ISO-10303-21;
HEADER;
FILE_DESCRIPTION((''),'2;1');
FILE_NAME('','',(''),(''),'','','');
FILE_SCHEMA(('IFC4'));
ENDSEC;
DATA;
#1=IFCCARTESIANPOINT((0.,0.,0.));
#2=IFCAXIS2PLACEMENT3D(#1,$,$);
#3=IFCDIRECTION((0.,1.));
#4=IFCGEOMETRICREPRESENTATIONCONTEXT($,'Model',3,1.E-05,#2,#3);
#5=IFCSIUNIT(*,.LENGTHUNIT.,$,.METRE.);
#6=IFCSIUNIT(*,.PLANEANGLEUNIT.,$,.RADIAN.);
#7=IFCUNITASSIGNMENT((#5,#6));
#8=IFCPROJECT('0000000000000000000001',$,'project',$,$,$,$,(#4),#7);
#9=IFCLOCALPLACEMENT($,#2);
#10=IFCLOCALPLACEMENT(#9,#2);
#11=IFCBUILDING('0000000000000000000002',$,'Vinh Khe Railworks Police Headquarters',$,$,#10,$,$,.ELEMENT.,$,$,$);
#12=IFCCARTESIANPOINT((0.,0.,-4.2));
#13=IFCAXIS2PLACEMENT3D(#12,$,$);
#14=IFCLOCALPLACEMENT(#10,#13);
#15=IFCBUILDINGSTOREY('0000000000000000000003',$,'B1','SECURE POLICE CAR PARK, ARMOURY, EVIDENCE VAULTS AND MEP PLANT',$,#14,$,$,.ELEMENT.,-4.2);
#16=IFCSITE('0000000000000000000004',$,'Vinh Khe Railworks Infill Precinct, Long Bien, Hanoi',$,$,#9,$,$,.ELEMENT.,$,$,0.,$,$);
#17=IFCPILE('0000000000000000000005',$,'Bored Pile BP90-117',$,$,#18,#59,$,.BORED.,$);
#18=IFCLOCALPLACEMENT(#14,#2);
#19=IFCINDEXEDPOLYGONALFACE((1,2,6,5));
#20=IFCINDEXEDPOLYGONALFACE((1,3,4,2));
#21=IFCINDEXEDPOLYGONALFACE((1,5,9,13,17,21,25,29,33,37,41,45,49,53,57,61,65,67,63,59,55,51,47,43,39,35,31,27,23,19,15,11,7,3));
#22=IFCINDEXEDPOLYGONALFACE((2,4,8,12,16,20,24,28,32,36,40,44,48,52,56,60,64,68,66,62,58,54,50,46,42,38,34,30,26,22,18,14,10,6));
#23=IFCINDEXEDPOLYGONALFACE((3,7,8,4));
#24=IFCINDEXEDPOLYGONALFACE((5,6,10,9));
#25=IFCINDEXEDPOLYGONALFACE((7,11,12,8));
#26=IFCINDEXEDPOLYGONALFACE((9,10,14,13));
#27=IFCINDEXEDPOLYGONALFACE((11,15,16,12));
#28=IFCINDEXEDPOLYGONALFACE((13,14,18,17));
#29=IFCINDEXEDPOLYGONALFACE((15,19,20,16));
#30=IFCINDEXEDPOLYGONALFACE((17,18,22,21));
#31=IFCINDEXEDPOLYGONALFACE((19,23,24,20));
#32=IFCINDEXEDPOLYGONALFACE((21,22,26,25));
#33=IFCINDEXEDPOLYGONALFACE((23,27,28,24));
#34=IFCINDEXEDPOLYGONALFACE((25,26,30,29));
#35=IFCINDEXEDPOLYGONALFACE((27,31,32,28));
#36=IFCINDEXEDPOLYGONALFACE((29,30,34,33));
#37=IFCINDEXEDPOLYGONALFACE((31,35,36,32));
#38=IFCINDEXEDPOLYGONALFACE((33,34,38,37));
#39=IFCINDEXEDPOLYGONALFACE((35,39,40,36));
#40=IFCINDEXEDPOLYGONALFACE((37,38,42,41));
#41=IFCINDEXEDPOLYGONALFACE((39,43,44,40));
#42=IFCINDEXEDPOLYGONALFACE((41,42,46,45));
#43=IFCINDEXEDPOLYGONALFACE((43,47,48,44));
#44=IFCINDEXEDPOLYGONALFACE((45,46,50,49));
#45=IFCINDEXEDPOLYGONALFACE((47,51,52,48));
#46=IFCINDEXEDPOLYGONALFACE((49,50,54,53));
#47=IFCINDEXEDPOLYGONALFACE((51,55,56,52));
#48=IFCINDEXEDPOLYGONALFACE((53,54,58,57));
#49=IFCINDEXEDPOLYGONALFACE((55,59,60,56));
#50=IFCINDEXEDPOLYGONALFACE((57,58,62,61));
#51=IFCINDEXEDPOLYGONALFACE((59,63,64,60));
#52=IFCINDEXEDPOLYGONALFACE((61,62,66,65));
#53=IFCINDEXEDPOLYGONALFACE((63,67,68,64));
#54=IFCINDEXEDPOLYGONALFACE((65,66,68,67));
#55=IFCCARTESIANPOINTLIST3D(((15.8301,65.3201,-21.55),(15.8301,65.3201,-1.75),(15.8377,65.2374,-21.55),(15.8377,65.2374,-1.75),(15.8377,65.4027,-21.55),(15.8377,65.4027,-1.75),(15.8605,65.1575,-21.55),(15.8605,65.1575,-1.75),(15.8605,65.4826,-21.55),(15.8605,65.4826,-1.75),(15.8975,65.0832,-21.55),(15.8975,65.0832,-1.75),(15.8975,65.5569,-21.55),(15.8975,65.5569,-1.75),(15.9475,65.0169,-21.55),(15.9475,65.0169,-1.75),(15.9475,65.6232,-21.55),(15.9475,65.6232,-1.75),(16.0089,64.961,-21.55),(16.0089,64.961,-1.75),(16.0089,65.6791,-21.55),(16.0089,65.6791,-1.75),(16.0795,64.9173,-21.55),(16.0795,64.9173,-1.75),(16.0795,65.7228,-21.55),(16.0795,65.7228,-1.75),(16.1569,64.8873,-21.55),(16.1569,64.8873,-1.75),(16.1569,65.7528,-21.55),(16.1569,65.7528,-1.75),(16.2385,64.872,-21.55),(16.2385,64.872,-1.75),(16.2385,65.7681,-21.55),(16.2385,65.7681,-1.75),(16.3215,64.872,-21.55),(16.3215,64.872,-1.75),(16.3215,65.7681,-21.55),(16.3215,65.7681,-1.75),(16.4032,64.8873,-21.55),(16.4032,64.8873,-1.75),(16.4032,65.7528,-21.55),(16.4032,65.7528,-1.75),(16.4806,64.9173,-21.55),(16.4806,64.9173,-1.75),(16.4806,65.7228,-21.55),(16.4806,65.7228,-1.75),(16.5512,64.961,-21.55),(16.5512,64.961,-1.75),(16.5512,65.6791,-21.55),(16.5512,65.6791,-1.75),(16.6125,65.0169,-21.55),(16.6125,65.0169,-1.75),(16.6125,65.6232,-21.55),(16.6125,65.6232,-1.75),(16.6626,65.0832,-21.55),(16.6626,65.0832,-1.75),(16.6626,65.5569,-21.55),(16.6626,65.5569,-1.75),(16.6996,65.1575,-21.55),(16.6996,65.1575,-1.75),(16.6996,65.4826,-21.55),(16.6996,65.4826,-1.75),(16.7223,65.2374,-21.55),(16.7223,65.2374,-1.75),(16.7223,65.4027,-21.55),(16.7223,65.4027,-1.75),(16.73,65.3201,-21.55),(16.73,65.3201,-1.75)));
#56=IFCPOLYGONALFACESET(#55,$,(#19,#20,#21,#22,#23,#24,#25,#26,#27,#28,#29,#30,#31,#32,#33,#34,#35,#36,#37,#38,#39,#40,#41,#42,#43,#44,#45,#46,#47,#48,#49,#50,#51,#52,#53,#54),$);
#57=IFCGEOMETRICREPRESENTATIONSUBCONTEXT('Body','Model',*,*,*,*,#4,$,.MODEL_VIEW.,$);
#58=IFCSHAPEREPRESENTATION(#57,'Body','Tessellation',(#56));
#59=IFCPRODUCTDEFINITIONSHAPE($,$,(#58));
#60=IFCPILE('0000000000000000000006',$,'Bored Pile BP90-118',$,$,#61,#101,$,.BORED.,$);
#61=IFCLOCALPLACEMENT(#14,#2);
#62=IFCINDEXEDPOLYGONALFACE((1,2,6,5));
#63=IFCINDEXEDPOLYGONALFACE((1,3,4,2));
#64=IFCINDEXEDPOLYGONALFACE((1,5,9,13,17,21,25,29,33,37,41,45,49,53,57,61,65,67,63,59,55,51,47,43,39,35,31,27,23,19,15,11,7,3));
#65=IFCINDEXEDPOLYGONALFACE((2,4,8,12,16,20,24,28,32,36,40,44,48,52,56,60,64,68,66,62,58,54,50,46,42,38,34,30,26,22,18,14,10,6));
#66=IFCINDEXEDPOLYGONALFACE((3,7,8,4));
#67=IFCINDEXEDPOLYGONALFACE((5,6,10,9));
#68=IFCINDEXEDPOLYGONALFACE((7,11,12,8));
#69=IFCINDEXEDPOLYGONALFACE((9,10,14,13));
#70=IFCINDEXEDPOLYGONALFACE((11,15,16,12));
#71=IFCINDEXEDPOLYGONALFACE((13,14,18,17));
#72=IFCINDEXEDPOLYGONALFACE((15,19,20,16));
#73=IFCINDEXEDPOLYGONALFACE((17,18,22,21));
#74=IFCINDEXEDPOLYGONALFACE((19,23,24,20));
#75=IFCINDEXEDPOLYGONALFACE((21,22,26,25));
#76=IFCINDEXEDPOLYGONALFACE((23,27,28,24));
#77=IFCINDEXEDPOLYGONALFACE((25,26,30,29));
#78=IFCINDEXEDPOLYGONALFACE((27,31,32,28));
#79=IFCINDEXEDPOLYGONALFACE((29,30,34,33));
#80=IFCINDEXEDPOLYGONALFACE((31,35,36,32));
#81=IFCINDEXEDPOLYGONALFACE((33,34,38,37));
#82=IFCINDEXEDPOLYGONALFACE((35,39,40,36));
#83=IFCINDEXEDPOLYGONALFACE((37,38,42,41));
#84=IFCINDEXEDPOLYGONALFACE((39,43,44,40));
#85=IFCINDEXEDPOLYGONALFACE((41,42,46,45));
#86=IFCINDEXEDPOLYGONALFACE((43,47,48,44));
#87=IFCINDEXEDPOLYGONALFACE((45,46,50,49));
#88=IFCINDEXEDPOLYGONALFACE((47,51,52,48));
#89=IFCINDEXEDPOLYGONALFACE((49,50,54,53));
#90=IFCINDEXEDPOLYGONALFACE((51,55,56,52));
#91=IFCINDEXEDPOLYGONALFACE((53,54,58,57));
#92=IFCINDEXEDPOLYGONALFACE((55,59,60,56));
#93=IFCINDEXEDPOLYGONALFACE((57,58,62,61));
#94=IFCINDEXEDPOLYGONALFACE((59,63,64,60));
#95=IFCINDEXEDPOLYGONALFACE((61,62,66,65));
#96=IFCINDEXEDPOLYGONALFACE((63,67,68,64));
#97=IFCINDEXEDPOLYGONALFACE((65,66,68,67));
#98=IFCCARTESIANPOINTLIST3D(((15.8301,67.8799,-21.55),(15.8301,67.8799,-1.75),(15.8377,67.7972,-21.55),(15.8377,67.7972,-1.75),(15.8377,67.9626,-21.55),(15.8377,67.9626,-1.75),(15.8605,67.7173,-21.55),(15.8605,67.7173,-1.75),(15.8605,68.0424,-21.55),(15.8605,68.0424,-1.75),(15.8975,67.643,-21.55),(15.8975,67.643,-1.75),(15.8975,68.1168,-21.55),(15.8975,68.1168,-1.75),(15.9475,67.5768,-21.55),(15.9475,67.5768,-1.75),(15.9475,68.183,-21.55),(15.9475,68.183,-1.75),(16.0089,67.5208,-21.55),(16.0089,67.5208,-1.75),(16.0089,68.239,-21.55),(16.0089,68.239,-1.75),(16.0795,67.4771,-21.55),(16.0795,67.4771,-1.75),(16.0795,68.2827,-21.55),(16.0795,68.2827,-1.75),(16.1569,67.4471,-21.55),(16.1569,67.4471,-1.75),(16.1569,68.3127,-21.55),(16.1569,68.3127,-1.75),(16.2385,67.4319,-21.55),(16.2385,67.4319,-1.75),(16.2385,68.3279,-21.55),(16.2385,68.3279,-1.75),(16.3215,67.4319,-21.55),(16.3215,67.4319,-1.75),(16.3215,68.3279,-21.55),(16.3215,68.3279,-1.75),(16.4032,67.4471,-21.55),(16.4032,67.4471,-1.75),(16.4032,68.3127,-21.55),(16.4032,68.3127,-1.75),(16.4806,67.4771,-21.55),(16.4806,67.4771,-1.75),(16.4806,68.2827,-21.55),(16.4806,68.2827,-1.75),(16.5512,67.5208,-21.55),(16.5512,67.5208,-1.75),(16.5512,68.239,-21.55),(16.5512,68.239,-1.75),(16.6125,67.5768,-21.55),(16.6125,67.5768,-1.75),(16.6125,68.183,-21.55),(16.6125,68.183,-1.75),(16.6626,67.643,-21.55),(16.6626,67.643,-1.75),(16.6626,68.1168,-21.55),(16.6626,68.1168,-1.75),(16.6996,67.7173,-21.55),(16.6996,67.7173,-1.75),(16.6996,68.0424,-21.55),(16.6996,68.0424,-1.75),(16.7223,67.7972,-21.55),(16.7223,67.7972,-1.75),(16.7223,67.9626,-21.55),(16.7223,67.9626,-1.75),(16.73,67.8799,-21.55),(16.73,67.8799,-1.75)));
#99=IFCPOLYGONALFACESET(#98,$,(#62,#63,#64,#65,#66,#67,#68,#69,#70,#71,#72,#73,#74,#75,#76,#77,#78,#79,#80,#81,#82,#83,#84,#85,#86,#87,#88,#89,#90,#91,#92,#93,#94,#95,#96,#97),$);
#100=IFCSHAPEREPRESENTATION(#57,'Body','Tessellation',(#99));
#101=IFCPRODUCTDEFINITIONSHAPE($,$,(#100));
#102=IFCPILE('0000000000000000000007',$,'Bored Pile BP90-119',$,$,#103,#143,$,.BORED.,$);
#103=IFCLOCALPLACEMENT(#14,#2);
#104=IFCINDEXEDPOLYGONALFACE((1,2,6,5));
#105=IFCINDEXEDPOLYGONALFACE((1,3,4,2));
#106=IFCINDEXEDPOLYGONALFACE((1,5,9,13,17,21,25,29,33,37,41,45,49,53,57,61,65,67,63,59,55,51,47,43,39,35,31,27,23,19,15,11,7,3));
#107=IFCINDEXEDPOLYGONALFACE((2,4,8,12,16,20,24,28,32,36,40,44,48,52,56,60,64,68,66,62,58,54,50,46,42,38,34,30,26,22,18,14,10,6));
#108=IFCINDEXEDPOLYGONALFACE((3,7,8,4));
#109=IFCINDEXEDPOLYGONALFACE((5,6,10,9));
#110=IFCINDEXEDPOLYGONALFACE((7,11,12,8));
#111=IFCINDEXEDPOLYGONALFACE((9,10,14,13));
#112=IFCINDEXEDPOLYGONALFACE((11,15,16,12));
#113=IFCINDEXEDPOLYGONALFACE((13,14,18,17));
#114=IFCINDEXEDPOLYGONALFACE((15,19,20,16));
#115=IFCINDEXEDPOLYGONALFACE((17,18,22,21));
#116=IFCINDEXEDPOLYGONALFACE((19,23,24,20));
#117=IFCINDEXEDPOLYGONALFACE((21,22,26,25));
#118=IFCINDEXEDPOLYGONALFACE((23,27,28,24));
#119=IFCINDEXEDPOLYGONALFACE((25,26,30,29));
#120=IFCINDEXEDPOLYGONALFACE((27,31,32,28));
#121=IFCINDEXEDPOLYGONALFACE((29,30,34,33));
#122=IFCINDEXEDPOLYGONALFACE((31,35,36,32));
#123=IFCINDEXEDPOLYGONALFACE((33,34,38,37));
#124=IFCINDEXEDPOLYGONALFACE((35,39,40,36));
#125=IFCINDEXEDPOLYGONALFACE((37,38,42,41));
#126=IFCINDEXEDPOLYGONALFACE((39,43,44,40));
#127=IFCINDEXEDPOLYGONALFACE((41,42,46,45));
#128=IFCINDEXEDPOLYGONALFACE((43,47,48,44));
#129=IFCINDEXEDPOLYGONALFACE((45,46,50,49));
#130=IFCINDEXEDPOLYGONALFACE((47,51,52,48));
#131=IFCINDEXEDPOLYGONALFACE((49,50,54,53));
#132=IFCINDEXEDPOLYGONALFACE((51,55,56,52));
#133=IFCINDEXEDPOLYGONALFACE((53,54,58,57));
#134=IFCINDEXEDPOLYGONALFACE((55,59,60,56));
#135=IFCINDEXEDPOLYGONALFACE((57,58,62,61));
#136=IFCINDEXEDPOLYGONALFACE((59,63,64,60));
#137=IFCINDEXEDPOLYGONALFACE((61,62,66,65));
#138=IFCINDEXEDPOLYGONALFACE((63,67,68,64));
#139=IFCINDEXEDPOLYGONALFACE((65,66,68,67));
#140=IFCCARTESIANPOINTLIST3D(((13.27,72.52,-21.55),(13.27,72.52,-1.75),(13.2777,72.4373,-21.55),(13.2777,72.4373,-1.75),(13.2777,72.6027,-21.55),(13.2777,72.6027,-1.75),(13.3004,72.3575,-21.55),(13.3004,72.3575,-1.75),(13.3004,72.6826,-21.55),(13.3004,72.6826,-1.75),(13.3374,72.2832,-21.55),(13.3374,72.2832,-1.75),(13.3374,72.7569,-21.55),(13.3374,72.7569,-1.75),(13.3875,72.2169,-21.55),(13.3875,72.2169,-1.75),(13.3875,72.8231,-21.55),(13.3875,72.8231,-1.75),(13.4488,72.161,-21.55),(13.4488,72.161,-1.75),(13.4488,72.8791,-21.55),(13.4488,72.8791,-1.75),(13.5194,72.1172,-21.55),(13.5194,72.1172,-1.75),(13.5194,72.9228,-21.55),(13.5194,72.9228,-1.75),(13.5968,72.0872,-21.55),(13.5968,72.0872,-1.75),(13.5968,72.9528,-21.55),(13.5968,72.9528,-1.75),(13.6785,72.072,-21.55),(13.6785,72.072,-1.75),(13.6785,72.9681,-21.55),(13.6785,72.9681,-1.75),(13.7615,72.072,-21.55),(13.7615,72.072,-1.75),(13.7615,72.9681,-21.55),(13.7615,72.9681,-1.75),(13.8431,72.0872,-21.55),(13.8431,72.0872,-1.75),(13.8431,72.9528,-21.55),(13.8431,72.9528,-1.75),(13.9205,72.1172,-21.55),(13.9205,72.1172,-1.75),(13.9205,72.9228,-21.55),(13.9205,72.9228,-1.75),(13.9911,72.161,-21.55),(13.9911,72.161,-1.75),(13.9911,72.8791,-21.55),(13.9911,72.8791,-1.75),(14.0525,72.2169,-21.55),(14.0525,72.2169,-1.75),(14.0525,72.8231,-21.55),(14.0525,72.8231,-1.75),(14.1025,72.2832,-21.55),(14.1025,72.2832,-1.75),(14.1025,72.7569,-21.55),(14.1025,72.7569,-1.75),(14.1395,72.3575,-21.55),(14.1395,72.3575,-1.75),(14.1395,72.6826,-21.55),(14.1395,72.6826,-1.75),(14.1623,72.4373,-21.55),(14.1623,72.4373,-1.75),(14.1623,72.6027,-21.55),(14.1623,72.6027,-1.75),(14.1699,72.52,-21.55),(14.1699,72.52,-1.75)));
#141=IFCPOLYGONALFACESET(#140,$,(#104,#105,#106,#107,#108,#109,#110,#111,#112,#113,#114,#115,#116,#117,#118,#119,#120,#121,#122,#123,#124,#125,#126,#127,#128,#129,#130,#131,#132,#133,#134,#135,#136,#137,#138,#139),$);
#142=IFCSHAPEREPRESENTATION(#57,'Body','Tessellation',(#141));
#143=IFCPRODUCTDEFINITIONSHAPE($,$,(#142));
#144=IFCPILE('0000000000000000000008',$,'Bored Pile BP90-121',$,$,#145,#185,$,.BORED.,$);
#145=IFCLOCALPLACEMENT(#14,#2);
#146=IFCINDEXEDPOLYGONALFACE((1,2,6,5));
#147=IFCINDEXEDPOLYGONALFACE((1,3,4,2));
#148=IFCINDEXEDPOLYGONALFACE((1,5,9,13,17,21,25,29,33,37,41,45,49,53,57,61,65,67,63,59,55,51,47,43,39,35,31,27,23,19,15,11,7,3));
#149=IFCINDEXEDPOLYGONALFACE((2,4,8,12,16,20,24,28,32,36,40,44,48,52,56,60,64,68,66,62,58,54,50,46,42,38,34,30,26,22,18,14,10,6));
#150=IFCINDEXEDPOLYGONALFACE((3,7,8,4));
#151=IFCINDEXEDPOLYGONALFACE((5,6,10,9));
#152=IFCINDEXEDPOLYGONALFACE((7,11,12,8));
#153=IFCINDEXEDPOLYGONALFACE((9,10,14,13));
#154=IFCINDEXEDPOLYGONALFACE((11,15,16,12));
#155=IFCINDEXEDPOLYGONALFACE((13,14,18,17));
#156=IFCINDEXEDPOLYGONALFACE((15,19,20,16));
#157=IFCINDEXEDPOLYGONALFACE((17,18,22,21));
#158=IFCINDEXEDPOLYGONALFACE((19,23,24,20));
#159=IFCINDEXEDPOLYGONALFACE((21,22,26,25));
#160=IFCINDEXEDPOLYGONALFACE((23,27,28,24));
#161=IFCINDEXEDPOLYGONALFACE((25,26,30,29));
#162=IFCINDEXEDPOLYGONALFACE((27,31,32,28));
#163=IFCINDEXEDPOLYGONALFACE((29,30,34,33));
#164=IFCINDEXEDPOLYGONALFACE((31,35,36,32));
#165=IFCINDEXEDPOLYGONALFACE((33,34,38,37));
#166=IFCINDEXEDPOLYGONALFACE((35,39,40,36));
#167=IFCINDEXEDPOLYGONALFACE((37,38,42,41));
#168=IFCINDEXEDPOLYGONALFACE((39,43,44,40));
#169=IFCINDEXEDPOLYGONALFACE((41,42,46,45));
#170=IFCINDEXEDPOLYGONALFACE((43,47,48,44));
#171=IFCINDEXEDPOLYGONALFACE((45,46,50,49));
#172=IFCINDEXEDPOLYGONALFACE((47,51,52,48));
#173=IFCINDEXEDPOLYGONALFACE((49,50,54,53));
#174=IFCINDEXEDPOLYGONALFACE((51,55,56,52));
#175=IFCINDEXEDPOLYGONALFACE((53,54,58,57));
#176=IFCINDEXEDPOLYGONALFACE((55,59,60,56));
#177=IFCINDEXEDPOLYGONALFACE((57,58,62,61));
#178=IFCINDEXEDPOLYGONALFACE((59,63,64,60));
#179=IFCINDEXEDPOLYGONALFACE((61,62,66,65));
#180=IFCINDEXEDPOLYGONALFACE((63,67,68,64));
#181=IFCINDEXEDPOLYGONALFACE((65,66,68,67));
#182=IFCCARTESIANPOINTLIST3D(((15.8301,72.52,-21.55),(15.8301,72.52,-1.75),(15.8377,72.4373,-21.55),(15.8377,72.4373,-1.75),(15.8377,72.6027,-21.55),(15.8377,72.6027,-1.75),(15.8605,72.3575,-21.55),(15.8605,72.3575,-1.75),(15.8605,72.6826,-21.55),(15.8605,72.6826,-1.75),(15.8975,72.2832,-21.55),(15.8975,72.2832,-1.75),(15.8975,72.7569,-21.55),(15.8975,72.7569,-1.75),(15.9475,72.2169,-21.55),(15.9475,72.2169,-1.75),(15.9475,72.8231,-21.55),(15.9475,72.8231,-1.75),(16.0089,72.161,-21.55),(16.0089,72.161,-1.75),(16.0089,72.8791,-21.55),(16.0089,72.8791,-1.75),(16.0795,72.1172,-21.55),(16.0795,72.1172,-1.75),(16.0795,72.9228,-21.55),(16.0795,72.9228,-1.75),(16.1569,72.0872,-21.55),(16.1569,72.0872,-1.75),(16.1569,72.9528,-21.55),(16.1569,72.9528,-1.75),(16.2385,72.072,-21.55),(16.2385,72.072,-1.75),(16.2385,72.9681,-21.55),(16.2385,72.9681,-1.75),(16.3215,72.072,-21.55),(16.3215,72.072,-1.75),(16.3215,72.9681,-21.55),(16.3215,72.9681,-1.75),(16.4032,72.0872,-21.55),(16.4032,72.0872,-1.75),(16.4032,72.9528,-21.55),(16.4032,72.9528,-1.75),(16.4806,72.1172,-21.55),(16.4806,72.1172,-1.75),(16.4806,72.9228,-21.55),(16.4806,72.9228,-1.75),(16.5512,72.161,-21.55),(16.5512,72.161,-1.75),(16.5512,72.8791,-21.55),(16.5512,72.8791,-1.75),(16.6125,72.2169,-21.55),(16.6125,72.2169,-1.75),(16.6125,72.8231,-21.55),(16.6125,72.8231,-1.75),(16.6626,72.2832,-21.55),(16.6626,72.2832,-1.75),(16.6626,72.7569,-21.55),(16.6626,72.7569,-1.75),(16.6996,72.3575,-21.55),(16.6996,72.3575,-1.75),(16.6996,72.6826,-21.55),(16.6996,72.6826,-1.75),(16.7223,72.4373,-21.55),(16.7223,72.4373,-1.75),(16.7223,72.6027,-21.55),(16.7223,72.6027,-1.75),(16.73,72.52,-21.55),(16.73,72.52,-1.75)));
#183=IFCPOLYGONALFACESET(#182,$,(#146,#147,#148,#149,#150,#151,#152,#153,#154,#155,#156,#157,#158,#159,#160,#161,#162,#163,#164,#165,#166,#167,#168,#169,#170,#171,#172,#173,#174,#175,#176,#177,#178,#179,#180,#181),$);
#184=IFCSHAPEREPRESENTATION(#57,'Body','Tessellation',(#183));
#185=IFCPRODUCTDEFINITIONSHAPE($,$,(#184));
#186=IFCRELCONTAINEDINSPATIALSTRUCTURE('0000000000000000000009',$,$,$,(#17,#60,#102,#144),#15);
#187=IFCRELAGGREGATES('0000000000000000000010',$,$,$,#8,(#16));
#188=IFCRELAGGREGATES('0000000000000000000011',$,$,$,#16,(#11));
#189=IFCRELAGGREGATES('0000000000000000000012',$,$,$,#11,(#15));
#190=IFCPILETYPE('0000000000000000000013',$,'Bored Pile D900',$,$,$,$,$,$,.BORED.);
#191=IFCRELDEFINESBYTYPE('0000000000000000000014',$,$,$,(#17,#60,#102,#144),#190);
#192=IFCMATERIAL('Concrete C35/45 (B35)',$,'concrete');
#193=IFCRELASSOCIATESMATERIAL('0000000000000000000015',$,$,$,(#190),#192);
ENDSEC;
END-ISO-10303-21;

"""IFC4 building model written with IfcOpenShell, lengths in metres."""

from ifc_helpers import new_model, si_unit, direction, frame, origin, origin_2d, place, context, subcontext, project, spatial, circle, extrude, material, material_profile, profile_set, type_object, element, save


model = new_model("IFC4")

# Units and contexts
model_context = context("Model", 3, precision=1e-05, world=origin(), true_north=direction((0.0, 1.0)))
body_context = subcontext(model_context, "Body", "Model", "MODEL_VIEW")
ifc_project = project(units=[si_unit("LENGTHUNIT", "METRE"), si_unit("PLANEANGLEUNIT", "RADIAN")], contexts=[model_context])

# Site, building, storey
site_placement = place(None, origin())
site = spatial("IfcSite", under=ifc_project, at=site_placement, Name="Vinh Khe Railworks Infill Precinct, Long Bien, Hanoi", CompositionType="ELEMENT", RefElevation=0.0)
building_placement = place(site_placement, origin())
building = spatial("IfcBuilding", under=site, at=building_placement, Name="Vinh Khe Railworks Police Headquarters", CompositionType="ELEMENT")
storey_placement = place(building_placement, frame((0.0, 0.0, -4.2)))
storey = spatial("IfcBuildingStorey", under=building, at=storey_placement, Name="B1", Description="SECURE POLICE CAR PARK, ARMOURY, EVIDENCE VAULTS AND MEP PLANT", CompositionType="ELEMENT", Elevation=-4.2)

# Piles
ifc_material_1 = material(Name="Concrete C35/45 (B35)", Category="concrete")
ifc_material_profile_1 = material_profile(ifc_material_1, circle(Radius=0.45, at=origin_2d()), Name="BORED PILE D900")
ifc_profile_set_1 = profile_set([ifc_material_profile_1], Name="Concrete C35/45 (B35)")
pile_type_1 = type_object("IfcPileType", Name="Bored Pile D900", PredefinedType="BORED", material=ifc_profile_set_1)
for number, where, z_axis, x_axis, name in (
    (1, (16.28, 65.3201, -1.75), (0.0, 0.0, -1.0), (1.0, 0.0, 0.0), "Bored Pile BP90-117"),
    (2, (16.28, 67.8799, -1.75), (0.0, 0.0, -1.0), (1.0, 0.0, 0.0), "Bored Pile BP90-118"),
    (3, (13.72, 72.52, -1.75), (0.0, 0.0, -1.0), (1.0, 0.0, 0.0), "Bored Pile BP90-119"),
    (4, (16.28, 72.52, -1.75), (0.0, 0.0, -1.0), (1.0, 0.0, 0.0), "Bored Pile BP90-121"),
):
    element("IfcPile", number, at=place(storey_placement, frame(where, z_axis=z_axis, x_axis=x_axis)), inside=storey, type_object=pile_type_1, Name=name, PredefinedType="BORED", context=body_context, shape_type="SweptSolid", body=[
        extrude(circle(Radius=0.45, at=origin_2d()), origin(), (0.0, 0.0, 1.0), 19.8),
    ])

save(model, "model.ifc")
